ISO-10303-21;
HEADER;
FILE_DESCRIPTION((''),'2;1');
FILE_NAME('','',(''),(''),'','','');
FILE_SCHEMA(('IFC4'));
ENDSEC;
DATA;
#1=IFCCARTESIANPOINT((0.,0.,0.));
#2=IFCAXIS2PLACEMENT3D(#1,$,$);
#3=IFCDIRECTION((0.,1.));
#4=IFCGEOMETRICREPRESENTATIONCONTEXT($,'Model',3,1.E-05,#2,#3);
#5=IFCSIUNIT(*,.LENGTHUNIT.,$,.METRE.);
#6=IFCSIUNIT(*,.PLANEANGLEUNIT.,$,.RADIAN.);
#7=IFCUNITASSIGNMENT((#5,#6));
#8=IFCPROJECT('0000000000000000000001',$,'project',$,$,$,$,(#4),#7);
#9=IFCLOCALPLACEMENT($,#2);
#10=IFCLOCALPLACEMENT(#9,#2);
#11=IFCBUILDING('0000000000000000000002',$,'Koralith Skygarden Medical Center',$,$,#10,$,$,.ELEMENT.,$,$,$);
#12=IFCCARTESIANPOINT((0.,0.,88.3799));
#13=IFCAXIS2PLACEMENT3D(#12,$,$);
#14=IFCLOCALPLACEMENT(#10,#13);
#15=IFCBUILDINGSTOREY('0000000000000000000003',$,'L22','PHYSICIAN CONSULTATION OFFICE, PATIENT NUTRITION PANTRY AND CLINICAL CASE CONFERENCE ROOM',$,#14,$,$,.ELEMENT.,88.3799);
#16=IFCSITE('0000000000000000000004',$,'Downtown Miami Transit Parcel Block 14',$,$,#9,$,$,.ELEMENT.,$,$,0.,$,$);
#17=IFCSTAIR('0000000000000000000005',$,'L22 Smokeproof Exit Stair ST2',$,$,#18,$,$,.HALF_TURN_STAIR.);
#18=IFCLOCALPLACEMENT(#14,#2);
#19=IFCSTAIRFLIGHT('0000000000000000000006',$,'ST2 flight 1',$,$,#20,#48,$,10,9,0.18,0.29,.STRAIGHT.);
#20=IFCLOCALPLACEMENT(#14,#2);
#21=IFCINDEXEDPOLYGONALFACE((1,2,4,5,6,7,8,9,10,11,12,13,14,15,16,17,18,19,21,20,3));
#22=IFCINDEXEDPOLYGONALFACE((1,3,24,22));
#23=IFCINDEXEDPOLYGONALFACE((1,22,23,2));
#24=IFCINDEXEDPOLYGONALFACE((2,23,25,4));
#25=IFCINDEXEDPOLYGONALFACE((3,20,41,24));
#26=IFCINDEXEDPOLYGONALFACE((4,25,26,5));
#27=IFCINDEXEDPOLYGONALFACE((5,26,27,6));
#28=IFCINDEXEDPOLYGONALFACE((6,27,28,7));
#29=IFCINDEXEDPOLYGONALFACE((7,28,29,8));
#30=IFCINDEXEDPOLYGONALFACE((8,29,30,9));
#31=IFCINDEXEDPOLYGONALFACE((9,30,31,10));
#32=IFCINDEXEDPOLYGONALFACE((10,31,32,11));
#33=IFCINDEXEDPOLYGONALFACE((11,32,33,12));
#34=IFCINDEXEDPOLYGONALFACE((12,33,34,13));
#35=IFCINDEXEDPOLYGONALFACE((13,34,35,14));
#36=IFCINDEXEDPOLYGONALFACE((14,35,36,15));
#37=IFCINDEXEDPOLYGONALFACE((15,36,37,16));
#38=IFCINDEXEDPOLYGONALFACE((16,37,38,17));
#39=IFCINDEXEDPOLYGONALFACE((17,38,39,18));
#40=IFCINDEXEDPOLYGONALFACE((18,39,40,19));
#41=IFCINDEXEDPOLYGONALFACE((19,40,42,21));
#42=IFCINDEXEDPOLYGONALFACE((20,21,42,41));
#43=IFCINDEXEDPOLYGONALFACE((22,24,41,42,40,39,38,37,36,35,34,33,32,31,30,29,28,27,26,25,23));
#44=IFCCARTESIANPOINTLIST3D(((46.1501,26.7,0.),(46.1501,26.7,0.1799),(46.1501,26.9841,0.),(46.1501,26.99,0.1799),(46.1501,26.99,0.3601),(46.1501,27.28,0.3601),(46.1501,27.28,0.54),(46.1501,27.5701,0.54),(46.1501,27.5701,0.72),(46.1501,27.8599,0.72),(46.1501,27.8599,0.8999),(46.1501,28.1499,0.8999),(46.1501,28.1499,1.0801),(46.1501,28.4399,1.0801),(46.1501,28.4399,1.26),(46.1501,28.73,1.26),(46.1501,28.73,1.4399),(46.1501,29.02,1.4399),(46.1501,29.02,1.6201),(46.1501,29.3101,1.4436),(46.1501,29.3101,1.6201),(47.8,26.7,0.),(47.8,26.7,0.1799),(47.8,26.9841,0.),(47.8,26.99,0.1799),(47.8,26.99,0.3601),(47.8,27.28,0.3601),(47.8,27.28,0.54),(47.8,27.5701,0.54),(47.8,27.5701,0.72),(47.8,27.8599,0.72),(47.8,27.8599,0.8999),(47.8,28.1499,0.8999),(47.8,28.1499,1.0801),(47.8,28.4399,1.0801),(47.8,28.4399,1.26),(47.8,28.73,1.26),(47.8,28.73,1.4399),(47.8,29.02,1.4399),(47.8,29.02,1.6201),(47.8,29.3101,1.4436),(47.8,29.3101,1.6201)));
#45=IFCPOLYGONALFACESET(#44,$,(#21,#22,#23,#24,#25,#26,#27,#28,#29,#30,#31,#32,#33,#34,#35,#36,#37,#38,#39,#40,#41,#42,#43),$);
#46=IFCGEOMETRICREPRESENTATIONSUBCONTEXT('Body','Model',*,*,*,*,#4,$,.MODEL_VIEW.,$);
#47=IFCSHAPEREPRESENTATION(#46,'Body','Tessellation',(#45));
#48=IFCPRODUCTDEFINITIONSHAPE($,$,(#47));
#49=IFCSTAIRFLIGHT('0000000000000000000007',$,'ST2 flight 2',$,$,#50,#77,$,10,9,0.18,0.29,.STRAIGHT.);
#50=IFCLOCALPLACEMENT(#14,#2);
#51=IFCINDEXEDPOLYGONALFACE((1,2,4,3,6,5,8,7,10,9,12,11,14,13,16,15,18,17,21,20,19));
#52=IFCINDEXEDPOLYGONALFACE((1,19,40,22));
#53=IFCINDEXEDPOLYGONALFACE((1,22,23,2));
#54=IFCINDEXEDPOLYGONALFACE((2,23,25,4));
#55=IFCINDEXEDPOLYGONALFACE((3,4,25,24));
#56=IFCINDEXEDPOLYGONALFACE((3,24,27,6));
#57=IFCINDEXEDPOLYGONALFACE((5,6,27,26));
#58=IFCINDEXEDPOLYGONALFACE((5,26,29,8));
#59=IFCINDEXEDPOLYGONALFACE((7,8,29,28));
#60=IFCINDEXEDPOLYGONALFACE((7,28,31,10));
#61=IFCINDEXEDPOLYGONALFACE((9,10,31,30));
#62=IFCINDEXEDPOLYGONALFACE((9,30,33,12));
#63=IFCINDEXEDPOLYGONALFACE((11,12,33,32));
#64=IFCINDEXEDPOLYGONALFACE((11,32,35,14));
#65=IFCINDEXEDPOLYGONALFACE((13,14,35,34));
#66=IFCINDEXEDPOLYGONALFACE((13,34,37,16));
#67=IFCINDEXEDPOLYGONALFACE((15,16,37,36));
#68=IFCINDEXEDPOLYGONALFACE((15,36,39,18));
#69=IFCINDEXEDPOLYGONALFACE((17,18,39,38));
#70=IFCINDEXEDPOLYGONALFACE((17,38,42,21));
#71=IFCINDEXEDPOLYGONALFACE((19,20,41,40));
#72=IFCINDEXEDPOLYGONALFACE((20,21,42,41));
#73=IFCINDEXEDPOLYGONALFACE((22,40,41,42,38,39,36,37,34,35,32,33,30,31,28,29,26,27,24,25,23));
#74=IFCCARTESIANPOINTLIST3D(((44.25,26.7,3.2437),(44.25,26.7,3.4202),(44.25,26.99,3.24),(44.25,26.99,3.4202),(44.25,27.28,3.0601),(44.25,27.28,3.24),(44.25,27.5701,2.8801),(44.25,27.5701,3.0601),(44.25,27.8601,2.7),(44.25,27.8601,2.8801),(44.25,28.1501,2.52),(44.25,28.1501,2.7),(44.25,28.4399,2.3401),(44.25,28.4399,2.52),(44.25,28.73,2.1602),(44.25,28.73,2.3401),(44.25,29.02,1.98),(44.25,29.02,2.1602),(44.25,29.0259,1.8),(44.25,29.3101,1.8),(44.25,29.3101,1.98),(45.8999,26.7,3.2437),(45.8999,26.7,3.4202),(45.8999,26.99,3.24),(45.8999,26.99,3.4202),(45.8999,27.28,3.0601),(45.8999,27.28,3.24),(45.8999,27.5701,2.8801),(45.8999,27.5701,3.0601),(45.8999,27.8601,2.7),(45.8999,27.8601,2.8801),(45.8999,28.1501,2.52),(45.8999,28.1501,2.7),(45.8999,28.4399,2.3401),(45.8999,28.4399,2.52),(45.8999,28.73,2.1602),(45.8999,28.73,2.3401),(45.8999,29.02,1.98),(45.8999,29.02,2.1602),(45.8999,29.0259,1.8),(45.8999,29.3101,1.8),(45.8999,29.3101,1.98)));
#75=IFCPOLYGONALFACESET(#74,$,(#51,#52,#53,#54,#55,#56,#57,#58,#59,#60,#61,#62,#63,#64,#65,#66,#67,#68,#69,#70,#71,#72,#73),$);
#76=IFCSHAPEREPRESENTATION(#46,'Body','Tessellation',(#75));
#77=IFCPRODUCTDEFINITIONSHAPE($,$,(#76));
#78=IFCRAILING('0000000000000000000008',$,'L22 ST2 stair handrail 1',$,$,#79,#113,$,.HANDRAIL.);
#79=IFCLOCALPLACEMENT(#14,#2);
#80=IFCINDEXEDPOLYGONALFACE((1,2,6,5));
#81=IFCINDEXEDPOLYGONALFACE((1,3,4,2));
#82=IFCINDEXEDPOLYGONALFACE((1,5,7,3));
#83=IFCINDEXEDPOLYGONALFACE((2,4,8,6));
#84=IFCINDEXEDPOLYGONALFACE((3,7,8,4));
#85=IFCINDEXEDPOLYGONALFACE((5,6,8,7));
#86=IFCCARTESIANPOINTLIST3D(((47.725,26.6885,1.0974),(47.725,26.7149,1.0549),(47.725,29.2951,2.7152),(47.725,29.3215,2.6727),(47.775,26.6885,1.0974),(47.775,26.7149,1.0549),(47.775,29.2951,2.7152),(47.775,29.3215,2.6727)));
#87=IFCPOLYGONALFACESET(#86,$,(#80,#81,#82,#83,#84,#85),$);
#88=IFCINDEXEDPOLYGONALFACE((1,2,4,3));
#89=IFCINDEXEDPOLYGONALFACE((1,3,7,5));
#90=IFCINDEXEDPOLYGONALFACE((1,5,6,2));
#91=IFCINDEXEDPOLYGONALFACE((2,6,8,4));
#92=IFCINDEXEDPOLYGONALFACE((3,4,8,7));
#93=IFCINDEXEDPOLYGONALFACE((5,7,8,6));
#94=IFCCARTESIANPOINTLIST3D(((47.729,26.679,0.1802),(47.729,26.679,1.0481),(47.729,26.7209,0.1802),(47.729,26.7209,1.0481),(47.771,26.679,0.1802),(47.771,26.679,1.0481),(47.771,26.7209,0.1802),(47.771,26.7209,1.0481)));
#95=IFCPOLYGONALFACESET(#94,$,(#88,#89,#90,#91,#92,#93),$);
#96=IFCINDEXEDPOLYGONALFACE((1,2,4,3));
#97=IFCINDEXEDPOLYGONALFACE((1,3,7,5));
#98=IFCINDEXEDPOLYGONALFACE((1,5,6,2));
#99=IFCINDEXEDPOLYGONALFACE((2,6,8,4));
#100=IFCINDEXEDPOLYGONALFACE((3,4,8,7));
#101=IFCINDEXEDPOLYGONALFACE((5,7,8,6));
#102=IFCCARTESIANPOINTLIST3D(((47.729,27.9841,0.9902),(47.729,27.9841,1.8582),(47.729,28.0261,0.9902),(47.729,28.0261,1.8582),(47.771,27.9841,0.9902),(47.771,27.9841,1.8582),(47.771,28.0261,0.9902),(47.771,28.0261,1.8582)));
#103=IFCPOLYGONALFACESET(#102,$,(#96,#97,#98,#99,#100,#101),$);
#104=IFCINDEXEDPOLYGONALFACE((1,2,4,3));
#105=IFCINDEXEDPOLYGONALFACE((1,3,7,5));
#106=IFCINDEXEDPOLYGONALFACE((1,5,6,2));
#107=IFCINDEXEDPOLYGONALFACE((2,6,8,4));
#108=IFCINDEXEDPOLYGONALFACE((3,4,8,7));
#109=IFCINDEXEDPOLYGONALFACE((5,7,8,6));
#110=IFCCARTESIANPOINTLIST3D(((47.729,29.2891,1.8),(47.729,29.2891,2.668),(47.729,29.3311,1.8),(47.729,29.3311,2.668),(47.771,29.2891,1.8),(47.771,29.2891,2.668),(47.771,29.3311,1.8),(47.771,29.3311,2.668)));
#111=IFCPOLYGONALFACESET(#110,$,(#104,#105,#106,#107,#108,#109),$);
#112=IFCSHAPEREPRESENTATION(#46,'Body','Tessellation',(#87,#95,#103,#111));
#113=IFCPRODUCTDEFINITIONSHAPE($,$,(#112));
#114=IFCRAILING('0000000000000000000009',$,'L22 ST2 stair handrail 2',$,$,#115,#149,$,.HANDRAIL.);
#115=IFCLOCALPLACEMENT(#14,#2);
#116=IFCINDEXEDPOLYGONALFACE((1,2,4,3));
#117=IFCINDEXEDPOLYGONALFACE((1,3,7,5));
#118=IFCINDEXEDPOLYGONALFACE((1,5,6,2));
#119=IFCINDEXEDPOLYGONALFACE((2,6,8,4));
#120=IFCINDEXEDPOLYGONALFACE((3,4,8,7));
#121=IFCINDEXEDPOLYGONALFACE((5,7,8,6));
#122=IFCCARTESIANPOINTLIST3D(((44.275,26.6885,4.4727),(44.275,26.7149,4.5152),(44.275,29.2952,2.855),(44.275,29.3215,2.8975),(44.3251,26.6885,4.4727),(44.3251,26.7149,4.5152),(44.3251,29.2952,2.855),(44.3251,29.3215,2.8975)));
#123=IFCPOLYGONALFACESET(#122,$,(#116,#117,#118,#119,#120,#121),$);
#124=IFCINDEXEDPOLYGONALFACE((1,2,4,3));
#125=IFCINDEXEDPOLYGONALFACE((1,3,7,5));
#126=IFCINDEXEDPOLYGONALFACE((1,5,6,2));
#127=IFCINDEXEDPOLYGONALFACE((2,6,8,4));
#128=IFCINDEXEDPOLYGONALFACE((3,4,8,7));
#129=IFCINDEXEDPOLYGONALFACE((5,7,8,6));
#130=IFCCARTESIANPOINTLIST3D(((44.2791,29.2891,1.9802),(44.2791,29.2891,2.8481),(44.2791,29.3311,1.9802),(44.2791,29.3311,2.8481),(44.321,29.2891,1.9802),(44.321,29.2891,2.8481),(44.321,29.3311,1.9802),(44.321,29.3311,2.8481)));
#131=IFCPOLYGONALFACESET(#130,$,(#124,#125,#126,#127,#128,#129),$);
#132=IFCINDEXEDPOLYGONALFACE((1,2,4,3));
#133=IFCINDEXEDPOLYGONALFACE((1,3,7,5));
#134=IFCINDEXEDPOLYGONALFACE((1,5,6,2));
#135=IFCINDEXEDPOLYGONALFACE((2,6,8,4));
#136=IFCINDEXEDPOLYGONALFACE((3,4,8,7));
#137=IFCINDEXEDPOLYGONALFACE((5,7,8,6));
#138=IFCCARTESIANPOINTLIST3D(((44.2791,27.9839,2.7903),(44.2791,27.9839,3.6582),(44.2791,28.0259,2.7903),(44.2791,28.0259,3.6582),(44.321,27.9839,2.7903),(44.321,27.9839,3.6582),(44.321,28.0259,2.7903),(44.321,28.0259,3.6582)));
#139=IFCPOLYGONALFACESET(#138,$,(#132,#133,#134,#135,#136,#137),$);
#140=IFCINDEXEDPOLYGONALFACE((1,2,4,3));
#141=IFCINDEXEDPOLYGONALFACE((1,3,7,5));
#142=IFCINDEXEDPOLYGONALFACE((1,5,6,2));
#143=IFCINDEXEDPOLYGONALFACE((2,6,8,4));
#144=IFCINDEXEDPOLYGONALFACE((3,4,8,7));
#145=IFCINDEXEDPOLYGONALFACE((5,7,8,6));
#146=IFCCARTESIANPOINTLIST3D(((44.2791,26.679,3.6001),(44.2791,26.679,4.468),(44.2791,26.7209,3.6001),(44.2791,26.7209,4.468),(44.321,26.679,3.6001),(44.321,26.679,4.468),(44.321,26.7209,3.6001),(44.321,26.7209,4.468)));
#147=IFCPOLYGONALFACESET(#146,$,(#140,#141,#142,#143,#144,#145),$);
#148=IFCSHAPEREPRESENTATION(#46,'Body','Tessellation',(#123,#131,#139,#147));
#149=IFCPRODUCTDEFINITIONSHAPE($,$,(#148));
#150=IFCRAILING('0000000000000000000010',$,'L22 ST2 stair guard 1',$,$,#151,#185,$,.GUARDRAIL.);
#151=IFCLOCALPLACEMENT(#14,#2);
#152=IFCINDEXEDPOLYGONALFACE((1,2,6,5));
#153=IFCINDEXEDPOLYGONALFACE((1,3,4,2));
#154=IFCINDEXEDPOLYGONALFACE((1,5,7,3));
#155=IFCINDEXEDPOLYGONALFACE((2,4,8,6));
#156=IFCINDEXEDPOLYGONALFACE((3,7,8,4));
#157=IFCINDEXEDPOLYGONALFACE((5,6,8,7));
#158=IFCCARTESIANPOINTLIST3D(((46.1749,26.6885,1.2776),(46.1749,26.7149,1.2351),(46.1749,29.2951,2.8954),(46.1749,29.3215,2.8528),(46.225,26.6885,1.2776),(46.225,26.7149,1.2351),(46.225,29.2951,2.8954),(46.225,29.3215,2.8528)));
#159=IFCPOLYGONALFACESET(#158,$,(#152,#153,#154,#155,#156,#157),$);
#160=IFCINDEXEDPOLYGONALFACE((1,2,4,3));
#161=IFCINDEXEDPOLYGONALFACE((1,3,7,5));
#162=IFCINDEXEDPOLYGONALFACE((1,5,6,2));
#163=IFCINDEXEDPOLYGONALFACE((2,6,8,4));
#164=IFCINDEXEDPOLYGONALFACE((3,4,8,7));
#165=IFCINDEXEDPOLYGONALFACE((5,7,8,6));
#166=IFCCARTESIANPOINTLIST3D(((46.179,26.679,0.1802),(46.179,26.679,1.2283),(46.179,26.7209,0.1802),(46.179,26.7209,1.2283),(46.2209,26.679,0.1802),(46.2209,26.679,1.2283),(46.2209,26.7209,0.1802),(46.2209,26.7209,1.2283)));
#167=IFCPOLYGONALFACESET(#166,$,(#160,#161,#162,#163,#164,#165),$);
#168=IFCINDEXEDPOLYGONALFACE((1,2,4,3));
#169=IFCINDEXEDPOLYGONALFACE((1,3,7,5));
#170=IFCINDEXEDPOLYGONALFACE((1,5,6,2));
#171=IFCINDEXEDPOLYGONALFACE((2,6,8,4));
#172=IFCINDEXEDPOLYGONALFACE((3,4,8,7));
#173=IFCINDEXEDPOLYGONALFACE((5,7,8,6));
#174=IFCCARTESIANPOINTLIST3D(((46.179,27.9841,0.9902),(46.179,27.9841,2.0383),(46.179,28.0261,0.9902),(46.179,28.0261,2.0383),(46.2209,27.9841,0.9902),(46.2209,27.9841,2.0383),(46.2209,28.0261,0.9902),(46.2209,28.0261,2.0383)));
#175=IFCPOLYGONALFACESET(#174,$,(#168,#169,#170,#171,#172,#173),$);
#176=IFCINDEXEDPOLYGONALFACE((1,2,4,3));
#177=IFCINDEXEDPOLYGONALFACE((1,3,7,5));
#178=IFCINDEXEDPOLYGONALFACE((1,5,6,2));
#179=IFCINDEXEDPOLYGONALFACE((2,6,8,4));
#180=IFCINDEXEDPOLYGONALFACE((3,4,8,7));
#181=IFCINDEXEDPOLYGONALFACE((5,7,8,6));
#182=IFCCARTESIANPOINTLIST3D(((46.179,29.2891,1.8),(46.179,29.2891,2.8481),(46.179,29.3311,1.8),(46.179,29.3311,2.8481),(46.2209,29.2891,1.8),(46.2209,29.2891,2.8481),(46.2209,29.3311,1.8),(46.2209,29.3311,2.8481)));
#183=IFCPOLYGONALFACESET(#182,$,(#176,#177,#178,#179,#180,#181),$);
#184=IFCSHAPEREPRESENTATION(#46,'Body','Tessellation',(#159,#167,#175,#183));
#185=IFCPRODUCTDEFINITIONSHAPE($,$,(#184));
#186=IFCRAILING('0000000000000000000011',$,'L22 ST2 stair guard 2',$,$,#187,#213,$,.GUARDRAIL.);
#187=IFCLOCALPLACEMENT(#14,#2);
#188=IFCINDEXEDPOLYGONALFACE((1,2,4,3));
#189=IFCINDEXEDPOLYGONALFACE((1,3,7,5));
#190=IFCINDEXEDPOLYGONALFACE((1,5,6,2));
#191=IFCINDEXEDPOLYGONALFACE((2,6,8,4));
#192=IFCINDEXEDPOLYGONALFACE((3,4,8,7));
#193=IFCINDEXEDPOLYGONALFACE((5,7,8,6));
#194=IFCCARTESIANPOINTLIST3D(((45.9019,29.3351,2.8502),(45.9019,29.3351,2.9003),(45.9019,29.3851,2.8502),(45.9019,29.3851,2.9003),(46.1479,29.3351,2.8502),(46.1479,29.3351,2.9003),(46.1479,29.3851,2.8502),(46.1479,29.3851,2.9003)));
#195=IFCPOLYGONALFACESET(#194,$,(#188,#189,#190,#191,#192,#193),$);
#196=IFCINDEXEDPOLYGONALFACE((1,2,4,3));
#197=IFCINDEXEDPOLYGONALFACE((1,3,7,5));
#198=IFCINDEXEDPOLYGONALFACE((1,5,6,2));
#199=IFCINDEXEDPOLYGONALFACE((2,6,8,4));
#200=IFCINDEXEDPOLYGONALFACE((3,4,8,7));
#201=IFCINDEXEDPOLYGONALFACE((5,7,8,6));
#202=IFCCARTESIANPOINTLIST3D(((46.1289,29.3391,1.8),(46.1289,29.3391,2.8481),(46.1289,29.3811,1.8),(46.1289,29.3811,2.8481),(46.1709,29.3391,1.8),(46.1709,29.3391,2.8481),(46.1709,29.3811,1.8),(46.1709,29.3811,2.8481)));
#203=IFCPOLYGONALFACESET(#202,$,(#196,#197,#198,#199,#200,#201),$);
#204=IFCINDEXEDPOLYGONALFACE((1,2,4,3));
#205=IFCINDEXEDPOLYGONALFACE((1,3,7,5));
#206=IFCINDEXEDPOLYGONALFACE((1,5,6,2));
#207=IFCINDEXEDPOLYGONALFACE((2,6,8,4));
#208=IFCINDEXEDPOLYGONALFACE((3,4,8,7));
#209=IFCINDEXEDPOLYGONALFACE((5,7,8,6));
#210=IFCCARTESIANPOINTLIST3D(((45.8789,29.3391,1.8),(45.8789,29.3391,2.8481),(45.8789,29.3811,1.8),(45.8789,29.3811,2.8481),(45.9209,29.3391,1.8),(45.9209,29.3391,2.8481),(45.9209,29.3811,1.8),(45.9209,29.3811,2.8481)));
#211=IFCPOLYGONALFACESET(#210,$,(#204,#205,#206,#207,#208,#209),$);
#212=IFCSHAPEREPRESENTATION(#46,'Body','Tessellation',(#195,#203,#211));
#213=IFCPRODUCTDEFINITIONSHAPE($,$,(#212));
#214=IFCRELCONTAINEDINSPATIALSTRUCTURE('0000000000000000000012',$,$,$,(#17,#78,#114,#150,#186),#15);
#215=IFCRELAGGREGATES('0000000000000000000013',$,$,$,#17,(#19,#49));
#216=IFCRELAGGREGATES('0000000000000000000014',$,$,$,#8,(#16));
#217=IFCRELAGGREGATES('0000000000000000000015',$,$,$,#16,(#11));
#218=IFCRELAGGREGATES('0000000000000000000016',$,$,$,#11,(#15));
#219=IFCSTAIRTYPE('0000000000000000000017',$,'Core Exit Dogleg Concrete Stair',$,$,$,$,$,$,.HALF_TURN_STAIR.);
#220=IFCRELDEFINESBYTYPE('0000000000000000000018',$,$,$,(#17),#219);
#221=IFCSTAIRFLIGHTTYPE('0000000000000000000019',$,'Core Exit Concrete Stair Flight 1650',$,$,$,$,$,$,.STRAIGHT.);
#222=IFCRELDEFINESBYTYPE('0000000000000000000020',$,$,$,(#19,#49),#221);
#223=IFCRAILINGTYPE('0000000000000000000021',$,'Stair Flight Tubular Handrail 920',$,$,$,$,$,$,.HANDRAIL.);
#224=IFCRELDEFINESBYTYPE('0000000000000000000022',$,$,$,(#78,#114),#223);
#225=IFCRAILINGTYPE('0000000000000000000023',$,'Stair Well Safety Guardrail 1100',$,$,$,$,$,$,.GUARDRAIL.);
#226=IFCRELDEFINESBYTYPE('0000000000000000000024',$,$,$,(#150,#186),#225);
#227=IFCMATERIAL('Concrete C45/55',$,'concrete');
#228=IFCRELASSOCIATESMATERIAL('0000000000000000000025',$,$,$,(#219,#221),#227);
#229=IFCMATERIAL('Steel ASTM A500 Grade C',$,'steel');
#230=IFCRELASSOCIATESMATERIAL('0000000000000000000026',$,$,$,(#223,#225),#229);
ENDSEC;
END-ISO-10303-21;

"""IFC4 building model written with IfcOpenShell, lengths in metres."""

from ifc_helpers import new_model, si_unit, direction, frame, origin, origin_2d, place, context, subcontext, project, spatial, polyline, rectangle, outline, extrude, material, type_object, element, aggregate, save


model = new_model("IFC4")

# Units and contexts
model_context = context("Model", 3, precision=1e-05, world=origin(), true_north=direction((0.0, 1.0)))
body_context = subcontext(model_context, "Body", "Model", "MODEL_VIEW")
ifc_project = project(units=[si_unit("LENGTHUNIT", "METRE"), si_unit("PLANEANGLEUNIT", "RADIAN")], contexts=[model_context])

# Site, building, storey
site_placement = place(None, origin())
site = spatial("IfcSite", under=ifc_project, at=site_placement, Name="Downtown Miami Transit Parcel Block 14", CompositionType="ELEMENT", RefElevation=0.0)
building_placement = place(site_placement, origin())
building = spatial("IfcBuilding", under=site, at=building_placement, Name="Koralith Skygarden Medical Center", CompositionType="ELEMENT")
storey_placement = place(building_placement, frame((0.0, 0.0, 88.3799)))
storey = spatial("IfcBuildingStorey", under=building, at=storey_placement, Name="L22", Description="PHYSICIAN CONSULTATION OFFICE, PATIENT NUTRITION PANTRY AND CLINICAL CASE CONFERENCE ROOM", CompositionType="ELEMENT", Elevation=88.3799)

# Shared definitions
ifc_material_1 = material(Name="Concrete C45/55", Category="concrete")

# Shared definitions
ifc_material_2 = material(Name="Steel ASTM A500 Grade C", Category="steel")

# Stair, stair flights
stair_type = type_object("IfcStairType", Name="Core Exit Dogleg Concrete Stair", PredefinedType="HALF_TURN_STAIR", material=ifc_material_1)
stair_placement = place(storey_placement, origin())
stair = element("IfcStair", 1, at=stair_placement, inside=storey, type_object=stair_type, Name="L22 Smokeproof Exit Stair ST2", PredefinedType="HALF_TURN_STAIR")
stair_flight_type = type_object("IfcStairFlightType", Name="Core Exit Concrete Stair Flight 1650", PredefinedType="STRAIGHT", material=ifc_material_1)
stair_flight_1_placement = place(storey_placement, frame((46.9751, 26.7, 0.0), z_axis=(0.0, 0.0, 1.0), x_axis=(0.0, 1.0, 0.0)))
stair_flight_1 = element("IfcStairFlight", 2, at=stair_flight_1_placement, type_object=stair_flight_type, Name="ST2 flight 1", NumberOfRisers=10, NumberOfTreads=9, PredefinedType="STRAIGHT", RiserHeight=0.18, TreadLength=0.29, context=body_context, shape_type="SweptSolid", body=[
    extrude(outline(polyline([(0.0, 0.0), (0.0, 0.1799), (0.29, 0.1799), (0.29, 0.3601), (0.5801, 0.3601), (0.5801, 0.54), (0.8701, 0.54), (0.8701, 0.72), (1.1599, 0.72), (1.1599, 0.8999), (1.45, 0.8999), (1.45, 1.0801), (1.74, 1.0801), (1.74, 1.26), (2.03, 1.26), (2.03, 1.4399), (2.3201, 1.4399), (2.3201, 1.6201), (2.6101, 1.6201), (2.6101, 1.8), (2.6101, 1.4436), (0.2842, 0.0), (0.0, 0.0)])), frame((0.0, 0.825, 0.0), z_axis=(0.0, -1.0, 0.0), x_axis=(1.0, 0.0, 0.0)), (0.0, 0.0, 1.0), 1.6499),
])
stair_flight_2_placement = place(storey_placement, frame((45.075, 29.3101, 1.8), z_axis=(0.0, 0.0, 1.0), x_axis=(0.0, -1.0, 0.0)))
stair_flight_2 = element("IfcStairFlight", 3, at=stair_flight_2_placement, type_object=stair_flight_type, Name="ST2 flight 2", NumberOfRisers=10, NumberOfTreads=9, PredefinedType="STRAIGHT", RiserHeight=0.18, TreadLength=0.29, context=body_context, shape_type="SweptSolid", body=[
    extrude(outline(polyline([(0.0, 0.0), (0.0, 0.1799), (0.29, 0.1799), (0.29, 0.3601), (0.5801, 0.3601), (0.5801, 0.54), (0.8701, 0.54), (0.8701, 0.72), (1.1599, 0.72), (1.1599, 0.8999), (1.45, 0.8999), (1.45, 1.0801), (1.74, 1.0801), (1.74, 1.26), (2.03, 1.26), (2.03, 1.4399), (2.3201, 1.4399), (2.3201, 1.6201), (2.6101, 1.6201), (2.6101, 1.8), (2.6101, 1.4436), (0.2842, 0.0), (0.0, 0.0)])), frame((0.0, 0.825, 0.0), z_axis=(0.0, -1.0, 0.0), x_axis=(1.0, 0.0, 0.0)), (0.0, 0.0, 1.0), 1.6499),
])
aggregate(stair, [stair_flight_1, stair_flight_2])

# Railings
railing_type_1 = type_object("IfcRailingType", Name="Stair Flight Tubular Handrail 920", PredefinedType="HANDRAIL", material=ifc_material_2)
railing_1_placement = place(storey_placement, frame((47.75, 26.7, 0.1802)))
element("IfcRailing", 4, at=railing_1_placement, inside=storey, type_object=railing_type_1, Name="L22 ST2 stair handrail 1", PredefinedType="HANDRAIL", context=body_context, shape_type="SweptSolid", body=[
    extrude(rectangle(XDim=0.05, YDim=0.05, at=origin_2d()), frame((0.0, 0.0017, 0.896), z_axis=(0.0, 0.849668, 0.527317), x_axis=(-1.0, 0.0, 0.0)), (0.0, 0.0, 1.0), 3.0679),
    extrude(rectangle(XDim=0.042, YDim=0.042, at=origin_2d()), origin(), (0.0, 0.0, 1.0), 0.8679),
    extrude(rectangle(XDim=0.042, YDim=0.042, at=origin_2d()), frame((0.0, 1.3052, 0.8101)), (0.0, 0.0, 1.0), 0.8679),
    extrude(rectangle(XDim=0.042, YDim=0.042, at=origin_2d()), frame((0.0, 2.6101, 1.6199)), (0.0, 0.0, 1.0), 0.8679),
])
railing_2_placement = place(storey_placement, frame((44.3, 29.3101, 1.9802)))
element("IfcRailing", 5, at=railing_2_placement, inside=storey, type_object=railing_type_1, Name="L22 ST2 stair handrail 2", PredefinedType="HANDRAIL", context=body_context, shape_type="SweptSolid", body=[
    extrude(rectangle(XDim=0.05, YDim=0.05, at=origin_2d()), frame((0.0, -0.0017, 0.896), z_axis=(0.0, -0.849668, 0.527317), x_axis=(1.0, 0.0, 0.0)), (0.0, 0.0, 1.0), 3.0679),
    extrude(rectangle(XDim=0.042, YDim=0.042, at=origin_2d()), origin(), (0.0, 0.0, 1.0), 0.8679),
    extrude(rectangle(XDim=0.042, YDim=0.042, at=origin_2d()), frame((0.0, -1.3052, 0.8101)), (0.0, 0.0, 1.0), 0.8679),
    extrude(rectangle(XDim=0.042, YDim=0.042, at=origin_2d()), frame((0.0, -2.6101, 1.6199)), (0.0, 0.0, 1.0), 0.8679),
])
railing_type_2 = type_object("IfcRailingType", Name="Stair Well Safety Guardrail 1100", PredefinedType="GUARDRAIL", material=ifc_material_2)
railing_3_placement = place(storey_placement, frame((46.2, 26.7, 0.1802)))
element("IfcRailing", 6, at=railing_3_placement, inside=storey, type_object=railing_type_2, Name="L22 ST2 stair guard 1", PredefinedType="GUARDRAIL", context=body_context, shape_type="SweptSolid", body=[
    extrude(rectangle(XDim=0.05, YDim=0.05, at=origin_2d()), frame((0.0, 0.0017, 1.0762), z_axis=(0.0, 0.849668, 0.527317), x_axis=(-1.0, 0.0, 0.0)), (0.0, 0.0, 1.0), 3.0679),
    extrude(rectangle(XDim=0.042, YDim=0.042, at=origin_2d()), origin(), (0.0, 0.0, 1.0), 1.0481),
    extrude(rectangle(XDim=0.042, YDim=0.042, at=origin_2d()), frame((0.0, 1.3052, 0.8101)), (0.0, 0.0, 1.0), 1.0481),
    extrude(rectangle(XDim=0.042, YDim=0.042, at=origin_2d()), frame((0.0, 2.6101, 1.6199)), (0.0, 0.0, 1.0), 1.0481),
])
railing_4_placement = place(storey_placement, frame((46.1499, 29.3601, 1.8)))
element("IfcRailing", 7, at=railing_4_placement, inside=storey, type_object=railing_type_2, Name="L22 ST2 stair guard 2", PredefinedType="GUARDRAIL", context=body_context, shape_type="SweptSolid", body=[
    extrude(rectangle(XDim=0.05, YDim=0.05, at=origin_2d()), frame((-0.002, 0.0, 1.0752), z_axis=(-1.0, 0.0, 0.0), x_axis=(0.0, -1.0, 0.0)), (0.0, 0.0, 1.0), 0.2461),
    extrude(rectangle(XDim=0.042, YDim=0.042, at=origin_2d()), origin(), (0.0, 0.0, 1.0), 1.0481),
    extrude(rectangle(XDim=0.042, YDim=0.042, at=origin_2d()), frame((-0.25, 0.0, 0.0)), (0.0, 0.0, 1.0), 1.0481),
])

save(model, "model.ifc")
